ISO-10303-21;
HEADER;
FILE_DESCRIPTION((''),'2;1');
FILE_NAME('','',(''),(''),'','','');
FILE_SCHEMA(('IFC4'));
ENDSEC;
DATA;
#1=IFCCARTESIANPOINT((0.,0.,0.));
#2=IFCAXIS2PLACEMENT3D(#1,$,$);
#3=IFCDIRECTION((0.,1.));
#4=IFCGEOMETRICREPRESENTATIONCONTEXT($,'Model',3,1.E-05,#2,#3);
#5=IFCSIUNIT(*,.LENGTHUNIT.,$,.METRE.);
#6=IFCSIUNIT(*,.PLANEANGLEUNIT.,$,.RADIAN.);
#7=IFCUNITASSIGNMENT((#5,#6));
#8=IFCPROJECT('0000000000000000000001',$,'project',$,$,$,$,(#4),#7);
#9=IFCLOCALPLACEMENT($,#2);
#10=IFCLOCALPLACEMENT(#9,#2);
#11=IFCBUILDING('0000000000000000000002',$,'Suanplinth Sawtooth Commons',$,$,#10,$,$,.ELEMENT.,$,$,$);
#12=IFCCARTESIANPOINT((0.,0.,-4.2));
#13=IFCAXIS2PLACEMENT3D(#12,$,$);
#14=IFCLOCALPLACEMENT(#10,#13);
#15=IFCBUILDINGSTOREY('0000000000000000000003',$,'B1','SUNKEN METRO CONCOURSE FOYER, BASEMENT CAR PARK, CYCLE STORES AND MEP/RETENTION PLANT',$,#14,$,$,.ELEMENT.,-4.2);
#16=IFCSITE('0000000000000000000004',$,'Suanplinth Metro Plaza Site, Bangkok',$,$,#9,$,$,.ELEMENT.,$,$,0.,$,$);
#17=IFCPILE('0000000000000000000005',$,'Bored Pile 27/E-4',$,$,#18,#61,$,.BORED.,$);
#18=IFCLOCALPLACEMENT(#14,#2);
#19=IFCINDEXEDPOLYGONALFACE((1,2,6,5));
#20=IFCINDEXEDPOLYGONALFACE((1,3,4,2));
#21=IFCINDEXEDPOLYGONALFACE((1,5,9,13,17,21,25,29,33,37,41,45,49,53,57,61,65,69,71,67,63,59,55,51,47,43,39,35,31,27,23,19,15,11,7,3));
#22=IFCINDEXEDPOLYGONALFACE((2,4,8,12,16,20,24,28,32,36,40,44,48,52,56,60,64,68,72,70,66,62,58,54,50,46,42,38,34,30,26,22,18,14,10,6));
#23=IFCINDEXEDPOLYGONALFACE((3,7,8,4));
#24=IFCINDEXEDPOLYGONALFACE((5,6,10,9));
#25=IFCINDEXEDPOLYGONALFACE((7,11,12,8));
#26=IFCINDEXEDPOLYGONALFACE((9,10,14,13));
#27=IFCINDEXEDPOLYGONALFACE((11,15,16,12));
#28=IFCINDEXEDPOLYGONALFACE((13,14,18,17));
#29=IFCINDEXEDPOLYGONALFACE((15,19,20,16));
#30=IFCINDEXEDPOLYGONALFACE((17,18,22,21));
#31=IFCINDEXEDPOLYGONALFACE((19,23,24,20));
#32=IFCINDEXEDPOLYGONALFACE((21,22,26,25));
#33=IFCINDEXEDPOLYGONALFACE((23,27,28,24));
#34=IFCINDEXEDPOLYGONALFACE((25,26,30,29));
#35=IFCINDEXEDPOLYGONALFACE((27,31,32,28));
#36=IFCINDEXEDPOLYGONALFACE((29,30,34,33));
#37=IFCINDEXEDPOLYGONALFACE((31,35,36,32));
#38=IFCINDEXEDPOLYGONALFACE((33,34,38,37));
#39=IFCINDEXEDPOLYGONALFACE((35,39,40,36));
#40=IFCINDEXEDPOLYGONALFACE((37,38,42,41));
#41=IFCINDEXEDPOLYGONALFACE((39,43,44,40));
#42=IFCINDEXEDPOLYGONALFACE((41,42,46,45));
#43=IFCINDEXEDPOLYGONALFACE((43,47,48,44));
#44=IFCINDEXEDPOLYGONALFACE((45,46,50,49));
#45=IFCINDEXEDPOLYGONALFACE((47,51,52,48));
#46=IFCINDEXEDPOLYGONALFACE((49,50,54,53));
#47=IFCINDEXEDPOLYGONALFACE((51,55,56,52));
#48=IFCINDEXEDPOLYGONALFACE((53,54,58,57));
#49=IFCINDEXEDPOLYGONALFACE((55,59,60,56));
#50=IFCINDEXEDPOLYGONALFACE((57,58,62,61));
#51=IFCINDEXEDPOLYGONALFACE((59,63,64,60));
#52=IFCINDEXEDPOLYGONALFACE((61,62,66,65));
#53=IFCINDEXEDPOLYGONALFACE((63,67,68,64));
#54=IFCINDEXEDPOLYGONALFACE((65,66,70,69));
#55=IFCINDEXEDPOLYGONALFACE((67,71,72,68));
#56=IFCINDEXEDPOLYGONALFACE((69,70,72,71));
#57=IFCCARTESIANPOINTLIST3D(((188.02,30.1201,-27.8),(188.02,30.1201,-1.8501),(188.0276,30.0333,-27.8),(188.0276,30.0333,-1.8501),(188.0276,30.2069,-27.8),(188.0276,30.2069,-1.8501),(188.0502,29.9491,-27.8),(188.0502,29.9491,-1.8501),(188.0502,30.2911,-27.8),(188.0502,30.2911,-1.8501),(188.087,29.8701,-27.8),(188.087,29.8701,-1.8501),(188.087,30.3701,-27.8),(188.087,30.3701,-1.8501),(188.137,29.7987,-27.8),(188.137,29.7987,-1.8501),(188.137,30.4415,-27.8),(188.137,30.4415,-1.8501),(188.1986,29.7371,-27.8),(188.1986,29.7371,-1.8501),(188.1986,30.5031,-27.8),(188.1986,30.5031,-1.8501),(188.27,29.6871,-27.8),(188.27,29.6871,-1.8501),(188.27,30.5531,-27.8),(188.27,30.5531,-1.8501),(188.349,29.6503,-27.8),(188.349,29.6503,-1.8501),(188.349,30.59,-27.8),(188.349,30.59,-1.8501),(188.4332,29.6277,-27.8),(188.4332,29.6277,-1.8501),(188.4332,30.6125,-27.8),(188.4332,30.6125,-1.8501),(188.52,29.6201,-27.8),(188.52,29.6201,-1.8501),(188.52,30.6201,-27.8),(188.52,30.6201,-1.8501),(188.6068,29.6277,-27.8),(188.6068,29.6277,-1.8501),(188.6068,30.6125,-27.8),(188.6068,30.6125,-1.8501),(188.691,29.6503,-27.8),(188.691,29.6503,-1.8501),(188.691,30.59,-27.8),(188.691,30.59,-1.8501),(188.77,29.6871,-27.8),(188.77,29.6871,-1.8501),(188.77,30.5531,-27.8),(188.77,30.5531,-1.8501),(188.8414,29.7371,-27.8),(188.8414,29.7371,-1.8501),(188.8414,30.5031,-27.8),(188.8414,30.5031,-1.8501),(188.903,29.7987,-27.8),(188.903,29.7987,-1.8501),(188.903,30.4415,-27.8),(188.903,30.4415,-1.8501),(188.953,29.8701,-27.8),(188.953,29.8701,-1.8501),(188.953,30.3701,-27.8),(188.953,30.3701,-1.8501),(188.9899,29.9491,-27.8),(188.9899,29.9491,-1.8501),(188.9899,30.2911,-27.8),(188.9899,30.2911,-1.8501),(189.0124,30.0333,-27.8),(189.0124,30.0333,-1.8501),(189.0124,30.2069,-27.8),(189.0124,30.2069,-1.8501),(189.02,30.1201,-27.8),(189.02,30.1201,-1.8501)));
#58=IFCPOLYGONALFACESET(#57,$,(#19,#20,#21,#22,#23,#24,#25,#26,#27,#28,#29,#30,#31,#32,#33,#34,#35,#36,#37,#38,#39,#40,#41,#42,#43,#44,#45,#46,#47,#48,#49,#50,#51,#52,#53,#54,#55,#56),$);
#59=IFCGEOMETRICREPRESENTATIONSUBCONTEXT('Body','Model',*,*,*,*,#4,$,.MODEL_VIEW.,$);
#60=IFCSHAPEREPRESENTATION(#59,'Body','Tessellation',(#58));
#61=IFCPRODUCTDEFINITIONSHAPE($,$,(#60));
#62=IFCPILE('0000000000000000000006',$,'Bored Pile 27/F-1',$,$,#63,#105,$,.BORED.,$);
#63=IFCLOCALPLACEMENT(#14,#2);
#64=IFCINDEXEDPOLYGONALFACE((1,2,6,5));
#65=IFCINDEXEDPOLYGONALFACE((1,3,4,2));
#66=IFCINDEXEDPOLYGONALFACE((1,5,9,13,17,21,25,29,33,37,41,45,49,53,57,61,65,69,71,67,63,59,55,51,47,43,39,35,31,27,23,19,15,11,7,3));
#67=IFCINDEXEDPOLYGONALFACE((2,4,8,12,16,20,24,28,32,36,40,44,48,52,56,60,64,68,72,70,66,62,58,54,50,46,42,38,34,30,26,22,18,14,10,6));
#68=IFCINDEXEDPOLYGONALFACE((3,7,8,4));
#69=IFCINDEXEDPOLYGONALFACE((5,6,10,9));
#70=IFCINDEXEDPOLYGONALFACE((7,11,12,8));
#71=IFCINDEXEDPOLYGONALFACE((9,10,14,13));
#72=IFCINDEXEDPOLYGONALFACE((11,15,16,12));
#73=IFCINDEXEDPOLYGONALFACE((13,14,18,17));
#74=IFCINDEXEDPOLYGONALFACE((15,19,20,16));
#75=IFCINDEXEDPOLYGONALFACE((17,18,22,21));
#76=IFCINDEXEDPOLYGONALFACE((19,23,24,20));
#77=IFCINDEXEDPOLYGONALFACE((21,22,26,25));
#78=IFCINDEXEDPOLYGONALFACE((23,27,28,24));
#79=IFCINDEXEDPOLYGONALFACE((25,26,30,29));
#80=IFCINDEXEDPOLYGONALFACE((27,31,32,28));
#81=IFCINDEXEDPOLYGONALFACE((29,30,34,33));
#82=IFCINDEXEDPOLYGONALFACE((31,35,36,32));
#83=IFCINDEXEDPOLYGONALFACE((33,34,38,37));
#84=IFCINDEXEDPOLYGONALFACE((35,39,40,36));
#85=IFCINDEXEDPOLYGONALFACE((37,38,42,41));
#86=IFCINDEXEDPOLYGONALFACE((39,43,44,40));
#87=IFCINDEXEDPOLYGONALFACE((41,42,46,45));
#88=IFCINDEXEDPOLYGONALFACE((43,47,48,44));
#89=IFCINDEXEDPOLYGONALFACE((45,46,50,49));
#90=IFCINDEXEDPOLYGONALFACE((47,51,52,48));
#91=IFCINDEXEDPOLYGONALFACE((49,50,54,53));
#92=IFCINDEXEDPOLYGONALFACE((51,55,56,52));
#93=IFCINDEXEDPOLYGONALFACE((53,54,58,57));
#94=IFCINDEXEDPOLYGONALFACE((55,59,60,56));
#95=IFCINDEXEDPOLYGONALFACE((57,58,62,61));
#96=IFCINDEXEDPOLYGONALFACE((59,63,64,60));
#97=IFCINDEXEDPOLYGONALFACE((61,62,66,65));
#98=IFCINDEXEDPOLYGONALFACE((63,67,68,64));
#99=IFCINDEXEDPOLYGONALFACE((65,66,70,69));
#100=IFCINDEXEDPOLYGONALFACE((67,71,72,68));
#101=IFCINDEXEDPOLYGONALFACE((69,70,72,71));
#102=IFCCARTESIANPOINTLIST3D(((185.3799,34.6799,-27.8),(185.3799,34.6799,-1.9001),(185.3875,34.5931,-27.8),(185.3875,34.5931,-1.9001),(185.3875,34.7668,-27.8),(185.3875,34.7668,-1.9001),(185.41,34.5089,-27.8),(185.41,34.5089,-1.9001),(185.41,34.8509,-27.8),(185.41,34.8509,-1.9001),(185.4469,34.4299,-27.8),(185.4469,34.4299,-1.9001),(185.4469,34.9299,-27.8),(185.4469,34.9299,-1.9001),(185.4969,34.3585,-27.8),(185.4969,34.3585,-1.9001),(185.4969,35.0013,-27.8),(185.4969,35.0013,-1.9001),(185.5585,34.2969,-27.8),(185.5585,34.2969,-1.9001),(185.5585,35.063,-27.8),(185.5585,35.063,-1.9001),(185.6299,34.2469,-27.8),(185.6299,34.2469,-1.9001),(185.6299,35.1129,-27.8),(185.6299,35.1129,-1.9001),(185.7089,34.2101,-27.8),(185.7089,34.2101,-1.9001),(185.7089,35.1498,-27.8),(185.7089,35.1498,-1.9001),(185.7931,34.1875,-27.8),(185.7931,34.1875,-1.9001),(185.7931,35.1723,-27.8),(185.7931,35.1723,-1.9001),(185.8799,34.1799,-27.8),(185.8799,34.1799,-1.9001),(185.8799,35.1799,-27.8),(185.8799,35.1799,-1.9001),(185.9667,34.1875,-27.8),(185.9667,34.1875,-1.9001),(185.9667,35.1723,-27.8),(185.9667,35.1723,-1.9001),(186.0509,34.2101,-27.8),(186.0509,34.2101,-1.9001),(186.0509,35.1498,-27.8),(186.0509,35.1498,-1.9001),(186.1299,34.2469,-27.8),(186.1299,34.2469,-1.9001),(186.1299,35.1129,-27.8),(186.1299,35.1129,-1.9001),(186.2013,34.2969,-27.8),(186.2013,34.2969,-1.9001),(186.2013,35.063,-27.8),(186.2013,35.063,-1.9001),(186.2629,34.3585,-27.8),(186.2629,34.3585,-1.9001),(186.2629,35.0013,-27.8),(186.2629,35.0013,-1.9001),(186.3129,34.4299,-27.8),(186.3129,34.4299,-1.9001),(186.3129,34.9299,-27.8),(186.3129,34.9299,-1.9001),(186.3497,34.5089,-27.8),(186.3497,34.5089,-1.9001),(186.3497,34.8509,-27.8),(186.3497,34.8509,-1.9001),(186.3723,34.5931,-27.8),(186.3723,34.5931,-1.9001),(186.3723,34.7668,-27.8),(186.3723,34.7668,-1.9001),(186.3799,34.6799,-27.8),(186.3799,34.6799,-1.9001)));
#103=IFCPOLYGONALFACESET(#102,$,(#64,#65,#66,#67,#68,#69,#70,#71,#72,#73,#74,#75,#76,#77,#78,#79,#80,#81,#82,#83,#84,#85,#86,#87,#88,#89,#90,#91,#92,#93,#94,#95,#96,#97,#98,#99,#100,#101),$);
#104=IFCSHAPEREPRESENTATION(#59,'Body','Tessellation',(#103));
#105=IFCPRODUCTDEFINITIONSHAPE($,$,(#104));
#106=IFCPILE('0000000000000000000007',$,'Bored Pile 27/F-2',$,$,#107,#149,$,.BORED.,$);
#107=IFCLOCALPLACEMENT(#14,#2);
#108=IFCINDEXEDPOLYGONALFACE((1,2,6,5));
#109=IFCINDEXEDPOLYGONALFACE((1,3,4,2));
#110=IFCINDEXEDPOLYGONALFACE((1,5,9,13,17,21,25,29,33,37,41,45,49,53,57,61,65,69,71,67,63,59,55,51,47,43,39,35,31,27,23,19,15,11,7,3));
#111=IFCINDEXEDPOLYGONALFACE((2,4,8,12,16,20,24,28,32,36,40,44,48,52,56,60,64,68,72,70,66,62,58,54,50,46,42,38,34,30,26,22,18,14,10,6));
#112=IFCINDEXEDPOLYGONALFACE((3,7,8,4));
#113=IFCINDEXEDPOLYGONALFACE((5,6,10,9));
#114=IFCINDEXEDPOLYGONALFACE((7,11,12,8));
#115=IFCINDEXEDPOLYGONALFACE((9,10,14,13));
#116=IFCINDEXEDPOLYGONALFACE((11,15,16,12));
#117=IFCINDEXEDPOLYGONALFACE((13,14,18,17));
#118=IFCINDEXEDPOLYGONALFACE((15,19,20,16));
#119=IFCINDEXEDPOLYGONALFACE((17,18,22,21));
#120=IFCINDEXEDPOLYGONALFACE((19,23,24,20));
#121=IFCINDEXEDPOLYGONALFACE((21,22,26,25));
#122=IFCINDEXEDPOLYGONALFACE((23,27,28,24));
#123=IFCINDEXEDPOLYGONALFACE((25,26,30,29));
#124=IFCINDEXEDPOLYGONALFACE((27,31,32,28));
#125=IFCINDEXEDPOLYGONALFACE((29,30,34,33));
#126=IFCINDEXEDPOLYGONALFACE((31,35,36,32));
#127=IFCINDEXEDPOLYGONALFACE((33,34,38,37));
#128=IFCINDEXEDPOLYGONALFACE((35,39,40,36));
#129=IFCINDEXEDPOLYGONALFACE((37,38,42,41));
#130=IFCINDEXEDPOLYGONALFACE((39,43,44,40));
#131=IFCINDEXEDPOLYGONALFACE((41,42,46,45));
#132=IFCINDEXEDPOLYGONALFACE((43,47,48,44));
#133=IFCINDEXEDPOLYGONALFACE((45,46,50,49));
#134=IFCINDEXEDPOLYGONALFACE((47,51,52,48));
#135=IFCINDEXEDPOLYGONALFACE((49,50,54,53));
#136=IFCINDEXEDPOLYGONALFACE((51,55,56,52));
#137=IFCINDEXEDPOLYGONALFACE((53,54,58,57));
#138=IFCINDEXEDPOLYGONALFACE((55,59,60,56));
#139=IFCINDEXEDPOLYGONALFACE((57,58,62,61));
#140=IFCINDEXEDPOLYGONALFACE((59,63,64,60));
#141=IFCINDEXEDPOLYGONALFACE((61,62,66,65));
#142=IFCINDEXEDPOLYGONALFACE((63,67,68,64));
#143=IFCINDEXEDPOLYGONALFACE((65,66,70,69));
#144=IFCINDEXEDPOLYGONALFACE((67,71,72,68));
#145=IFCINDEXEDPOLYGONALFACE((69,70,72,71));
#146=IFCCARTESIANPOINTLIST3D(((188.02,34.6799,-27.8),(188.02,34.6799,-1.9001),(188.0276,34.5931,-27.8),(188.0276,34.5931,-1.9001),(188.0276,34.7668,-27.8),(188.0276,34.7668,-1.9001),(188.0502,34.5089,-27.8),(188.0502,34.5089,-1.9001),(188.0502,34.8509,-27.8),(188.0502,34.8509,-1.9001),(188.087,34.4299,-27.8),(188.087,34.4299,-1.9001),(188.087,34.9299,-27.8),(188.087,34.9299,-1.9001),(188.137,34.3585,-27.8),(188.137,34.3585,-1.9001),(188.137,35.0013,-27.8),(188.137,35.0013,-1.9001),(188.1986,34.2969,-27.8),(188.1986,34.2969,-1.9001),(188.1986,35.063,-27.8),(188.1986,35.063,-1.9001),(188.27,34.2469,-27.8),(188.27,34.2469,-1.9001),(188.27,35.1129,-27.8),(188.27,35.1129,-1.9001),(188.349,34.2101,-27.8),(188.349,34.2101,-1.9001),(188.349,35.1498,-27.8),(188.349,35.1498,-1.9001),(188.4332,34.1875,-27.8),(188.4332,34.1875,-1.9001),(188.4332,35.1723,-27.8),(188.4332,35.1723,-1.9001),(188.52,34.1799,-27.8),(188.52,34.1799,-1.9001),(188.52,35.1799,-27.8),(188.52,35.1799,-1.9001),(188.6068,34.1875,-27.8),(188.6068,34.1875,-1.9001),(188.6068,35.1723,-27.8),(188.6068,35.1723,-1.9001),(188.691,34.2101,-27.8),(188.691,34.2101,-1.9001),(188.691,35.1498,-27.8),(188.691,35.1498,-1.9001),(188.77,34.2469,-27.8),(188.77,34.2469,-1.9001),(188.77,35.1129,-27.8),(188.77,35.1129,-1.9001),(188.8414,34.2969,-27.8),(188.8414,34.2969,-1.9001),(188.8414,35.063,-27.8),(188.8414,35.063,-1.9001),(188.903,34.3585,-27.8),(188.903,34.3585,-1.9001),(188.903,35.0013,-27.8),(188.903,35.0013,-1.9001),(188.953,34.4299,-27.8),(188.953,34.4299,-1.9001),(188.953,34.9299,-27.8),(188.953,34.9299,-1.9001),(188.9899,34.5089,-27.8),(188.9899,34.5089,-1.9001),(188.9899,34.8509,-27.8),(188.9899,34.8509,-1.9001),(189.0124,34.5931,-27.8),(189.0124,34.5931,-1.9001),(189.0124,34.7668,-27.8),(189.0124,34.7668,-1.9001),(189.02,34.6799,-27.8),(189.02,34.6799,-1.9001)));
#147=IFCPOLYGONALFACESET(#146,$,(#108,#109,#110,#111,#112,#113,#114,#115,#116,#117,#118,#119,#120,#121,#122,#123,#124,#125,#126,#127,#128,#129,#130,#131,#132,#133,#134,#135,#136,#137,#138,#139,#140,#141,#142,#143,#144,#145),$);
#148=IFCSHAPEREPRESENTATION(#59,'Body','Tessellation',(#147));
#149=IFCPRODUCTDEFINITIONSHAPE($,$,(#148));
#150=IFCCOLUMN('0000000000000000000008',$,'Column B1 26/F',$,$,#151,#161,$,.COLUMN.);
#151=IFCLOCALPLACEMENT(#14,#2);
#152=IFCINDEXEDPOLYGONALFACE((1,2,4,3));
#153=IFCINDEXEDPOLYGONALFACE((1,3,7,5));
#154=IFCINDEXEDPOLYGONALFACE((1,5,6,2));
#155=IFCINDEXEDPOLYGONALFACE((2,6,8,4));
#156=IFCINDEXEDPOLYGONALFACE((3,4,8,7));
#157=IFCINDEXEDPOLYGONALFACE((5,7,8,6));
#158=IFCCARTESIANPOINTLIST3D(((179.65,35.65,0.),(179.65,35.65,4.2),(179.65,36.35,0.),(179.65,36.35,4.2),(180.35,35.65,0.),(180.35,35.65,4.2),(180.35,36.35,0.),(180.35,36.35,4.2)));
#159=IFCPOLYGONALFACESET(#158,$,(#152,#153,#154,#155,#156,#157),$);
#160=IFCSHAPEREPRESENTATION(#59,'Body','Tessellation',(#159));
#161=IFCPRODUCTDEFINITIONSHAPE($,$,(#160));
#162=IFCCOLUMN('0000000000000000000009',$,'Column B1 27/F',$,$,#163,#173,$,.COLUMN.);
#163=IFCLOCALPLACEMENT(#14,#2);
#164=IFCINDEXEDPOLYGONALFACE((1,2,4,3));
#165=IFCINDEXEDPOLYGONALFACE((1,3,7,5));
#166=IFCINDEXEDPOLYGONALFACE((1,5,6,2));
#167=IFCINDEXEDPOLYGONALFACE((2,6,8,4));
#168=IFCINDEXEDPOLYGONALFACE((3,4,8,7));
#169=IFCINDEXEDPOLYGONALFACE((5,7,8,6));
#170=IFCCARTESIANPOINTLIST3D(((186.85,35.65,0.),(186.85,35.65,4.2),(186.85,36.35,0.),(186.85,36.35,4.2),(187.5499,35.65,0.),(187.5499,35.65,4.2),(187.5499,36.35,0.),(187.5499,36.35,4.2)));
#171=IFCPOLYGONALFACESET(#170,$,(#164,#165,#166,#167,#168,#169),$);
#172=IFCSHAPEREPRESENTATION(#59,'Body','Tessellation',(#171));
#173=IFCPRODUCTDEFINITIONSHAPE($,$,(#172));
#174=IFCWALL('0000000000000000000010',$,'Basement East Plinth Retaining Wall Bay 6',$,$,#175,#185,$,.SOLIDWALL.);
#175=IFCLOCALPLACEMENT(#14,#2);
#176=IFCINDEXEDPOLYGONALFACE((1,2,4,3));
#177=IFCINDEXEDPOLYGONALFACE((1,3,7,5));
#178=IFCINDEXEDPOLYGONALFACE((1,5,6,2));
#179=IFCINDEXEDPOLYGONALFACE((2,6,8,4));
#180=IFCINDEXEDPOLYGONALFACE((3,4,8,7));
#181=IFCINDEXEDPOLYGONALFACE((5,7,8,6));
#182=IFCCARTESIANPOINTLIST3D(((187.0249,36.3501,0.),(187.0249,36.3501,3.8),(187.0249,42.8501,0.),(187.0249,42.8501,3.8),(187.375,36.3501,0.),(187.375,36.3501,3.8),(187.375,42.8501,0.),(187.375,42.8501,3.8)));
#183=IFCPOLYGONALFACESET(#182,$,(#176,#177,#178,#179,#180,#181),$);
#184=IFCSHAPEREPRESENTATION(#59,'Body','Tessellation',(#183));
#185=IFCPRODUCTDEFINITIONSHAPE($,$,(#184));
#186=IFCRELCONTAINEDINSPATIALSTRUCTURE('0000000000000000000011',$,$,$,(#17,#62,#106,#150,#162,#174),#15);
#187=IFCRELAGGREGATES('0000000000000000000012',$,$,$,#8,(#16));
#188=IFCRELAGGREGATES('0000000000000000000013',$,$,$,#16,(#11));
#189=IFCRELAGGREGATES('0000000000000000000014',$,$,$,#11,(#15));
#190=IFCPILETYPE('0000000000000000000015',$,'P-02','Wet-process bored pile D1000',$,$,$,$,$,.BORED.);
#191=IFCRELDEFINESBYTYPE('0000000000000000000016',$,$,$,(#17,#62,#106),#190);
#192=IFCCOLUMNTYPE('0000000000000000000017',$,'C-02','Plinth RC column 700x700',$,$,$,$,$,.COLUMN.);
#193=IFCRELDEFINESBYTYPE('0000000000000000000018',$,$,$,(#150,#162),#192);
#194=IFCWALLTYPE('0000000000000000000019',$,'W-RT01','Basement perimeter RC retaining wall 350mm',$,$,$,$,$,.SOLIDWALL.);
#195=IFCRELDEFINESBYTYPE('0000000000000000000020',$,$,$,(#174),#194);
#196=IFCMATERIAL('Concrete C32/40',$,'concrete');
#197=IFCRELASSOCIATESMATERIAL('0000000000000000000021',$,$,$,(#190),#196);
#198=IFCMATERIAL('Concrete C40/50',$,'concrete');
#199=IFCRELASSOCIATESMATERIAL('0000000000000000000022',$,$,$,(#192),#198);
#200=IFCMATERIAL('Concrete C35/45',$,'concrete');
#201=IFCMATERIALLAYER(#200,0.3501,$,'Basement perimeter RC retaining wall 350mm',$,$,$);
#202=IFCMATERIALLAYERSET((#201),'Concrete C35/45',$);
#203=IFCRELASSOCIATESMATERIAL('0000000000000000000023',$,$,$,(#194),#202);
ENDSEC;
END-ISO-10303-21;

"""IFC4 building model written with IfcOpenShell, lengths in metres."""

from ifc_helpers import new_model, si_unit, direction, frame, frame_2d, origin, origin_2d, place, context, subcontext, project, spatial, rectangle, circle, extrude, material, layer, layer_set, material_profile, profile_set, type_object, element, save


model = new_model("IFC4")

# Units and contexts
model_context = context("Model", 3, precision=1e-05, world=origin(), true_north=direction((0.0, 1.0)))
body_context = subcontext(model_context, "Body", "Model", "MODEL_VIEW")
ifc_project = project(units=[si_unit("LENGTHUNIT", "METRE"), si_unit("PLANEANGLEUNIT", "RADIAN")], contexts=[model_context])

# Site, building, storey
site_placement = place(None, origin())
site = spatial("IfcSite", under=ifc_project, at=site_placement, Name="Suanplinth Metro Plaza Site, Bangkok", CompositionType="ELEMENT", RefElevation=0.0)
building_placement = place(site_placement, origin())
building = spatial("IfcBuilding", under=site, at=building_placement, Name="Suanplinth Sawtooth Commons", CompositionType="ELEMENT")
storey_placement = place(building_placement, frame((0.0, 0.0, -4.2)))
storey = spatial("IfcBuildingStorey", under=building, at=storey_placement, Name="B1", Description="SUNKEN METRO CONCOURSE FOYER, BASEMENT CAR PARK, CYCLE STORES AND MEP/RETENTION PLANT", CompositionType="ELEMENT", Elevation=-4.2)

# Shared definitions
ifc_material_1 = material(Name="Concrete C35/45", Category="concrete")

# Piles
ifc_material_2 = material(Name="Concrete C32/40", Category="concrete")
ifc_material_profile_1 = material_profile(ifc_material_2, circle(Radius=0.5, at=origin_2d()), Name="PILE D1000")
ifc_profile_set_1 = profile_set([ifc_material_profile_1], Name="Concrete C32/40")
pile_type = type_object("IfcPileType", Name="P-02", Description="Wet-process bored pile D1000", PredefinedType="BORED", material=ifc_profile_set_1)
for number, where, z_axis, x_axis, name in (
    (1, (188.52, 30.1201, -1.8501), (0.0, 0.0, -1.0), (1.0, 0.0, 0.0), "Bored Pile 27/E-4"),
):
    element("IfcPile", number, at=place(storey_placement, frame(where, z_axis=z_axis, x_axis=x_axis)), inside=storey, type_object=pile_type, Name=name, PredefinedType="BORED", context=body_context, shape_type="SweptSolid", body=[
        extrude(circle(Radius=0.5, at=origin_2d()), origin(), (0.0, 0.0, 1.0), 25.95),
    ])
for number, where, z_axis, x_axis, name in (
    (2, (185.8799, 34.6799, -1.9001), (0.0, 0.0, -1.0), (1.0, 0.0, 0.0), "Bored Pile 27/F-1"),
    (3, (188.52, 34.6799, -1.9001), (0.0, 0.0, -1.0), (1.0, 0.0, 0.0), "Bored Pile 27/F-2"),
):
    element("IfcPile", number, at=place(storey_placement, frame(where, z_axis=z_axis, x_axis=x_axis)), inside=storey, type_object=pile_type, Name=name, PredefinedType="BORED", context=body_context, shape_type="SweptSolid", body=[
        extrude(circle(Radius=0.5, at=origin_2d()), origin(), (0.0, 0.0, 1.0), 25.8999),
    ])

# Columns
ifc_material_3 = material(Name="Concrete C40/50", Category="concrete")
ifc_material_profile_2 = material_profile(ifc_material_3, rectangle(XDim=0.7, YDim=0.7, at=origin_2d()), Name="RC-COL 700x700")
ifc_profile_set_2 = profile_set([ifc_material_profile_2], Name="Concrete C40/50")
column_type = type_object("IfcColumnType", Name="C-02", Description="Plinth RC column 700x700", PredefinedType="COLUMN", material=ifc_profile_set_2)
for number, where, z_axis, x_axis, name in (
    (4, (180.0, 36.0, 0.0), (0.0, 0.0, 1.0), (1.0, 0.0, 0.0), "Column B1 26/F"),
    (5, (187.2, 36.0, 0.0), (0.0, 0.0, 1.0), (1.0, 0.0, 0.0), "Column B1 27/F"),
):
    element("IfcColumn", number, at=place(storey_placement, frame(where, z_axis=z_axis, x_axis=x_axis)), inside=storey, type_object=column_type, Name=name, PredefinedType="COLUMN", context=body_context, shape_type="SweptSolid", body=[
        extrude(rectangle(XDim=0.7, YDim=0.7, at=origin_2d()), origin(), (0.0, 0.0, 1.0), 4.2),
    ])

# Wall
ifc_layer = layer(ifc_material_1, 0.3501, Name="Basement perimeter RC retaining wall 350mm")
ifc_layer_set = layer_set([ifc_layer], Name="Concrete C35/45")
wall_type = type_object("IfcWallType", Name="W-RT01", Description="Basement perimeter RC retaining wall 350mm", PredefinedType="SOLIDWALL", material=ifc_layer_set)
wall_placement = place(storey_placement, frame((187.2, 36.3501, 0.0), z_axis=(0.0, 0.0, 1.0), x_axis=(0.0, 1.0, 0.0)))
element("IfcWall", 6, at=wall_placement, inside=storey, type_object=wall_type, Name="Basement East Plinth Retaining Wall Bay 6", PredefinedType="SOLIDWALL", context=body_context, shape_type="SweptSolid", body=[
    extrude(rectangle(XDim=6.5, YDim=0.3501, at=frame_2d((3.25, 0.0))), origin(), (0.0, 0.0, 1.0), 3.8),
])

save(model, "model.ifc")
